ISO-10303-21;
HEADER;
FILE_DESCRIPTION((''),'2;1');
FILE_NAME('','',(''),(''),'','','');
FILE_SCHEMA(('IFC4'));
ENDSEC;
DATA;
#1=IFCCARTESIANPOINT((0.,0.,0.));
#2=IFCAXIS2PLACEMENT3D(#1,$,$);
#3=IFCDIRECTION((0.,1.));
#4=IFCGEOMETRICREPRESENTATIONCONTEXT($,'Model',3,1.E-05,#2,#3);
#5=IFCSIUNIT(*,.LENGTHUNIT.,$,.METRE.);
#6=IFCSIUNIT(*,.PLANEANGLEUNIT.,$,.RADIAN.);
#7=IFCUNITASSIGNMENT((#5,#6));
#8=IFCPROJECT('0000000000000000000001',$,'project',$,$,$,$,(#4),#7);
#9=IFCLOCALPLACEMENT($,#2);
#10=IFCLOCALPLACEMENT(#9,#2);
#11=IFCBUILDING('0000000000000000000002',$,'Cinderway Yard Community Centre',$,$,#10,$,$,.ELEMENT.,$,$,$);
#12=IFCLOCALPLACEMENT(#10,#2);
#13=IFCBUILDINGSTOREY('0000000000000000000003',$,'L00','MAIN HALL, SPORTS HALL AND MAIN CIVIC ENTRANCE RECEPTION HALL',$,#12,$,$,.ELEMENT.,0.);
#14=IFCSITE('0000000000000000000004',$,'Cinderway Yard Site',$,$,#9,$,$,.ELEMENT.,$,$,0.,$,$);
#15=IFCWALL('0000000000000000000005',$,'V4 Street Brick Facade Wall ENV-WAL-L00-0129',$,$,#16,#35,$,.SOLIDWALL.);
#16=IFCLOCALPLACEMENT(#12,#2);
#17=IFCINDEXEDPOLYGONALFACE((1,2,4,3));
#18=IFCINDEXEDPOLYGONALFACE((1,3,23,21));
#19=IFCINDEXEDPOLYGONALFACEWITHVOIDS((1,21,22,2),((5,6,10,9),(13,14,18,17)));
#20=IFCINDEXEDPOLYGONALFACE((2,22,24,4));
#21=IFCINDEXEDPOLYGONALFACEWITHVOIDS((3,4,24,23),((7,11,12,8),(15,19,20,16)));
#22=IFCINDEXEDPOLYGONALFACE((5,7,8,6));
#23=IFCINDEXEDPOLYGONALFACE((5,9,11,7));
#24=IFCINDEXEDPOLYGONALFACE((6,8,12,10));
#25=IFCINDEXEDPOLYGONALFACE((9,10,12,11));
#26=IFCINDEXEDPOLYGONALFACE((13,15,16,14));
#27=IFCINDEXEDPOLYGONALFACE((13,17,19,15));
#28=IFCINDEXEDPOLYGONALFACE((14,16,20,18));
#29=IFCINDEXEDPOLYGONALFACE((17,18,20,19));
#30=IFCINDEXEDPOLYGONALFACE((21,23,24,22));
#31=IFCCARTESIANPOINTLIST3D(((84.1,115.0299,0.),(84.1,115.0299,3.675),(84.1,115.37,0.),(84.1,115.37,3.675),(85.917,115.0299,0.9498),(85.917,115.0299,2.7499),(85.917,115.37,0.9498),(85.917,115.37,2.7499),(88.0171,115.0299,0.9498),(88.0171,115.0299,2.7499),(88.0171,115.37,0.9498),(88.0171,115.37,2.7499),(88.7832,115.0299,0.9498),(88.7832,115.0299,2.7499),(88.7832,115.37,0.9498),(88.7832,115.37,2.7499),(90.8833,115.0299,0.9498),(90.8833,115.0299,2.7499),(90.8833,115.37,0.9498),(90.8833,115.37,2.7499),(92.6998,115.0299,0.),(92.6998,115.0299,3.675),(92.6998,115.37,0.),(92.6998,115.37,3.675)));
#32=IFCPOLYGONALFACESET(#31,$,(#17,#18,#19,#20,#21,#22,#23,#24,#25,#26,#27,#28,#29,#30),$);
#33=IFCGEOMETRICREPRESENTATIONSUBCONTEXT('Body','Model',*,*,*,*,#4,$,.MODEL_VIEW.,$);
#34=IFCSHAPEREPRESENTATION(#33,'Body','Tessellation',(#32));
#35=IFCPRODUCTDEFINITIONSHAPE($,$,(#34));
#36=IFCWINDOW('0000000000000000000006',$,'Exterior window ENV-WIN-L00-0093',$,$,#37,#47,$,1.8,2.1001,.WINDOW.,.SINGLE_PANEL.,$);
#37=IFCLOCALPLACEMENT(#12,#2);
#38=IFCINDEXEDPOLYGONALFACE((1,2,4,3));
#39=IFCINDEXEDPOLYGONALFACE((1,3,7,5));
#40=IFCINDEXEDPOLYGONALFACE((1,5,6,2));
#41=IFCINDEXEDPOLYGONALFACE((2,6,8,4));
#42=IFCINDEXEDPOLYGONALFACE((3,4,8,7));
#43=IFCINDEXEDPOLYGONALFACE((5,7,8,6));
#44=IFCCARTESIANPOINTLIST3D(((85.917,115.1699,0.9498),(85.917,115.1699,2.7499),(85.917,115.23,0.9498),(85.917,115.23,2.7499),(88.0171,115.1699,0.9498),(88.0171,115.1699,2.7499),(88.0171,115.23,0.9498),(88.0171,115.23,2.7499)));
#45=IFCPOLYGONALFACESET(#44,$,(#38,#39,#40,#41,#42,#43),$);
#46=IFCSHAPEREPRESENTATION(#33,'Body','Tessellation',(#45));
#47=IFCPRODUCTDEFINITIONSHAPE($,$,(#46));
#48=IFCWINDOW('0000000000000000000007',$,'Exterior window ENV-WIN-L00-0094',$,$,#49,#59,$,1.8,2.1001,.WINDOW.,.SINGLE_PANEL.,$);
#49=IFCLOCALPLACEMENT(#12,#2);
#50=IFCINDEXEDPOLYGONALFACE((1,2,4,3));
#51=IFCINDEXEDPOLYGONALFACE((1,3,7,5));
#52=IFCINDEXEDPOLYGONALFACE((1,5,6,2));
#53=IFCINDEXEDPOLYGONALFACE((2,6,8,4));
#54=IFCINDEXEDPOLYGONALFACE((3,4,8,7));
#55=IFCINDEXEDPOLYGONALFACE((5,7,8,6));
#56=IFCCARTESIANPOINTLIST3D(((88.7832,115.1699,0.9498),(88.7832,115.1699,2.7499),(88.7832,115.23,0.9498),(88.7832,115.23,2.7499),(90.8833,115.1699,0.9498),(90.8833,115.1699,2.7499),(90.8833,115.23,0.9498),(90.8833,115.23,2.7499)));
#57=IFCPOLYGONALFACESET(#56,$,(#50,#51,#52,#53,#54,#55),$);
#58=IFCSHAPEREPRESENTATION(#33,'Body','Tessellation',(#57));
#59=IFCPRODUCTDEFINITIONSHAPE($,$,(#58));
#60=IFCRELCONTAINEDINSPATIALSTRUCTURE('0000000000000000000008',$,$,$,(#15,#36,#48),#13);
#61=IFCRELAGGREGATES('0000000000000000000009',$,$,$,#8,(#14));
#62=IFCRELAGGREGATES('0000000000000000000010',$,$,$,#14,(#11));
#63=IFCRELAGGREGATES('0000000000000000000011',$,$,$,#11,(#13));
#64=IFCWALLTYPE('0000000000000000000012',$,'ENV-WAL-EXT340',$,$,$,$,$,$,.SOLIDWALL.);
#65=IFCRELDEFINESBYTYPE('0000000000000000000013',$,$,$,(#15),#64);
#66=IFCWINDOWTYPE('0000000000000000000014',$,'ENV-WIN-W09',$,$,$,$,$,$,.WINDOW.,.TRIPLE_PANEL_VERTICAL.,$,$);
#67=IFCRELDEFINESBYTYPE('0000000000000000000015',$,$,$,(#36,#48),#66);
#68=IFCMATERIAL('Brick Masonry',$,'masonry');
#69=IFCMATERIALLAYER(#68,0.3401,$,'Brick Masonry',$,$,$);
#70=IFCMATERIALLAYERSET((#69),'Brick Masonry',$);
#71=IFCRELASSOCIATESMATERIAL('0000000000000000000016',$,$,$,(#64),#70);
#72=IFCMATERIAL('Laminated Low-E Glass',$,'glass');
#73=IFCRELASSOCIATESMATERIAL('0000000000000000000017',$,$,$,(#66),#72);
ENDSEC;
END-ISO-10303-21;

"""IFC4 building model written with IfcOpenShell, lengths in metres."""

from ifc_helpers import new_model, si_unit, direction, frame, frame_2d, origin, place, context, subcontext, project, spatial, rectangle, extrude, material, layer, layer_set, type_object, element, fill, save


model = new_model("IFC4")

# Units and contexts
model_context = context("Model", 3, precision=1e-05, world=origin(), true_north=direction((0.0, 1.0)))
body_context = subcontext(model_context, "Body", "Model", "MODEL_VIEW")
ifc_project = project(units=[si_unit("LENGTHUNIT", "METRE"), si_unit("PLANEANGLEUNIT", "RADIAN")], contexts=[model_context])

# Site, building, storey
site_placement = place(None, origin())
site = spatial("IfcSite", under=ifc_project, at=site_placement, Name="Cinderway Yard Site", CompositionType="ELEMENT", RefElevation=0.0)
building_placement = place(site_placement, origin())
building = spatial("IfcBuilding", under=site, at=building_placement, Name="Cinderway Yard Community Centre", CompositionType="ELEMENT")
storey_placement = place(building_placement, origin())
storey = spatial("IfcBuildingStorey", under=building, at=storey_placement, Name="L00", Description="MAIN HALL, SPORTS HALL AND MAIN CIVIC ENTRANCE RECEPTION HALL", CompositionType="ELEMENT", Elevation=0.0)

# Shared definitions
ifc_material_1 = material(Name="Laminated Low-E Glass", Category="glass")

# Wall, openings, windows
ifc_material_2 = material(Name="Brick Masonry", Category="masonry")
ifc_layer_1 = layer(ifc_material_2, 0.3401, Name="Brick Masonry")
ifc_layer_set_1 = layer_set([ifc_layer_1], Name="Brick Masonry")
wall_type = type_object("IfcWallType", Name="ENV-WAL-EXT340", PredefinedType="SOLIDWALL", material=ifc_layer_set_1)
wall_placement = place(storey_placement, frame((84.1001, 115.2, 0.0), z_axis=(0.0, 0.0, 1.0), x_axis=(1.0, 0.0, 0.0)))
wall = element("IfcWall", 1, at=wall_placement, inside=storey, type_object=wall_type, Name="V4 Street Brick Facade Wall ENV-WAL-L00-0129", PredefinedType="SOLIDWALL", context=body_context, shape_type="SweptSolid", body=[
    extrude(rectangle(XDim=8.5999, YDim=0.3401, at=frame_2d((4.2998, 0.0))), origin(), (0.0, 0.0, 1.0), 3.675),
])
opening_1_placement = place(wall_placement, frame((1.8169, 0.0, 0.95)))
opening_1 = element("IfcOpeningElement", 2, at=opening_1_placement, cuts=wall, PredefinedType="OPENING", context=body_context, shape_type="SweptSolid", body=[
    extrude(rectangle(XDim=2.1001, YDim=1.8, at=frame_2d((1.05, 0.8999))), frame((0.0, 0.1799, 0.0), z_axis=(0.0, -1.0, 0.0), x_axis=(1.0, 0.0, 0.0)), (0.0, 0.0, 1.0), 0.3601),
])
opening_2_placement = place(wall_placement, frame((4.6831, 0.0, 0.95)))
opening_2 = element("IfcOpeningElement", 3, at=opening_2_placement, cuts=wall, PredefinedType="OPENING", context=body_context, shape_type="SweptSolid", body=[
    extrude(rectangle(XDim=2.1001, YDim=1.8, at=frame_2d((1.05, 0.8999))), frame((0.0, 0.1799, 0.0), z_axis=(0.0, -1.0, 0.0), x_axis=(1.0, 0.0, 0.0)), (0.0, 0.0, 1.0), 0.3601),
])
window_type = type_object("IfcWindowType", Name="ENV-WIN-W09", PartitioningType="TRIPLE_PANEL_VERTICAL", PredefinedType="WINDOW", material=ifc_material_1)
window_1_placement = place(opening_1_placement, origin())
window_1 = element("IfcWindow", 4, at=window_1_placement, inside=storey, type_object=window_type, Name="Exterior window ENV-WIN-L00-0093", OverallHeight=1.8, OverallWidth=2.1001, PartitioningType="SINGLE_PANEL", PredefinedType="WINDOW", context=body_context, shape_type="SweptSolid", body=[
    extrude(rectangle(XDim=2.1001, YDim=1.8, at=frame_2d((1.05, 0.8999))), frame((0.0, 0.03, 0.0), z_axis=(0.0, -1.0, 0.0), x_axis=(1.0, 0.0, 0.0)), (0.0, 0.0, 1.0), 0.0601),
])
fill(opening_1, window_1)
window_2_placement = place(opening_2_placement, origin())
window_2 = element("IfcWindow", 5, at=window_2_placement, inside=storey, type_object=window_type, Name="Exterior window ENV-WIN-L00-0094", OverallHeight=1.8, OverallWidth=2.1001, PartitioningType="SINGLE_PANEL", PredefinedType="WINDOW", context=body_context, shape_type="SweptSolid", body=[
    extrude(rectangle(XDim=2.1001, YDim=1.8, at=frame_2d((1.05, 0.8999))), frame((0.0, 0.03, 0.0), z_axis=(0.0, -1.0, 0.0), x_axis=(1.0, 0.0, 0.0)), (0.0, 0.0, 1.0), 0.0601),
])
fill(opening_2, window_2)

save(model, "model.ifc")
